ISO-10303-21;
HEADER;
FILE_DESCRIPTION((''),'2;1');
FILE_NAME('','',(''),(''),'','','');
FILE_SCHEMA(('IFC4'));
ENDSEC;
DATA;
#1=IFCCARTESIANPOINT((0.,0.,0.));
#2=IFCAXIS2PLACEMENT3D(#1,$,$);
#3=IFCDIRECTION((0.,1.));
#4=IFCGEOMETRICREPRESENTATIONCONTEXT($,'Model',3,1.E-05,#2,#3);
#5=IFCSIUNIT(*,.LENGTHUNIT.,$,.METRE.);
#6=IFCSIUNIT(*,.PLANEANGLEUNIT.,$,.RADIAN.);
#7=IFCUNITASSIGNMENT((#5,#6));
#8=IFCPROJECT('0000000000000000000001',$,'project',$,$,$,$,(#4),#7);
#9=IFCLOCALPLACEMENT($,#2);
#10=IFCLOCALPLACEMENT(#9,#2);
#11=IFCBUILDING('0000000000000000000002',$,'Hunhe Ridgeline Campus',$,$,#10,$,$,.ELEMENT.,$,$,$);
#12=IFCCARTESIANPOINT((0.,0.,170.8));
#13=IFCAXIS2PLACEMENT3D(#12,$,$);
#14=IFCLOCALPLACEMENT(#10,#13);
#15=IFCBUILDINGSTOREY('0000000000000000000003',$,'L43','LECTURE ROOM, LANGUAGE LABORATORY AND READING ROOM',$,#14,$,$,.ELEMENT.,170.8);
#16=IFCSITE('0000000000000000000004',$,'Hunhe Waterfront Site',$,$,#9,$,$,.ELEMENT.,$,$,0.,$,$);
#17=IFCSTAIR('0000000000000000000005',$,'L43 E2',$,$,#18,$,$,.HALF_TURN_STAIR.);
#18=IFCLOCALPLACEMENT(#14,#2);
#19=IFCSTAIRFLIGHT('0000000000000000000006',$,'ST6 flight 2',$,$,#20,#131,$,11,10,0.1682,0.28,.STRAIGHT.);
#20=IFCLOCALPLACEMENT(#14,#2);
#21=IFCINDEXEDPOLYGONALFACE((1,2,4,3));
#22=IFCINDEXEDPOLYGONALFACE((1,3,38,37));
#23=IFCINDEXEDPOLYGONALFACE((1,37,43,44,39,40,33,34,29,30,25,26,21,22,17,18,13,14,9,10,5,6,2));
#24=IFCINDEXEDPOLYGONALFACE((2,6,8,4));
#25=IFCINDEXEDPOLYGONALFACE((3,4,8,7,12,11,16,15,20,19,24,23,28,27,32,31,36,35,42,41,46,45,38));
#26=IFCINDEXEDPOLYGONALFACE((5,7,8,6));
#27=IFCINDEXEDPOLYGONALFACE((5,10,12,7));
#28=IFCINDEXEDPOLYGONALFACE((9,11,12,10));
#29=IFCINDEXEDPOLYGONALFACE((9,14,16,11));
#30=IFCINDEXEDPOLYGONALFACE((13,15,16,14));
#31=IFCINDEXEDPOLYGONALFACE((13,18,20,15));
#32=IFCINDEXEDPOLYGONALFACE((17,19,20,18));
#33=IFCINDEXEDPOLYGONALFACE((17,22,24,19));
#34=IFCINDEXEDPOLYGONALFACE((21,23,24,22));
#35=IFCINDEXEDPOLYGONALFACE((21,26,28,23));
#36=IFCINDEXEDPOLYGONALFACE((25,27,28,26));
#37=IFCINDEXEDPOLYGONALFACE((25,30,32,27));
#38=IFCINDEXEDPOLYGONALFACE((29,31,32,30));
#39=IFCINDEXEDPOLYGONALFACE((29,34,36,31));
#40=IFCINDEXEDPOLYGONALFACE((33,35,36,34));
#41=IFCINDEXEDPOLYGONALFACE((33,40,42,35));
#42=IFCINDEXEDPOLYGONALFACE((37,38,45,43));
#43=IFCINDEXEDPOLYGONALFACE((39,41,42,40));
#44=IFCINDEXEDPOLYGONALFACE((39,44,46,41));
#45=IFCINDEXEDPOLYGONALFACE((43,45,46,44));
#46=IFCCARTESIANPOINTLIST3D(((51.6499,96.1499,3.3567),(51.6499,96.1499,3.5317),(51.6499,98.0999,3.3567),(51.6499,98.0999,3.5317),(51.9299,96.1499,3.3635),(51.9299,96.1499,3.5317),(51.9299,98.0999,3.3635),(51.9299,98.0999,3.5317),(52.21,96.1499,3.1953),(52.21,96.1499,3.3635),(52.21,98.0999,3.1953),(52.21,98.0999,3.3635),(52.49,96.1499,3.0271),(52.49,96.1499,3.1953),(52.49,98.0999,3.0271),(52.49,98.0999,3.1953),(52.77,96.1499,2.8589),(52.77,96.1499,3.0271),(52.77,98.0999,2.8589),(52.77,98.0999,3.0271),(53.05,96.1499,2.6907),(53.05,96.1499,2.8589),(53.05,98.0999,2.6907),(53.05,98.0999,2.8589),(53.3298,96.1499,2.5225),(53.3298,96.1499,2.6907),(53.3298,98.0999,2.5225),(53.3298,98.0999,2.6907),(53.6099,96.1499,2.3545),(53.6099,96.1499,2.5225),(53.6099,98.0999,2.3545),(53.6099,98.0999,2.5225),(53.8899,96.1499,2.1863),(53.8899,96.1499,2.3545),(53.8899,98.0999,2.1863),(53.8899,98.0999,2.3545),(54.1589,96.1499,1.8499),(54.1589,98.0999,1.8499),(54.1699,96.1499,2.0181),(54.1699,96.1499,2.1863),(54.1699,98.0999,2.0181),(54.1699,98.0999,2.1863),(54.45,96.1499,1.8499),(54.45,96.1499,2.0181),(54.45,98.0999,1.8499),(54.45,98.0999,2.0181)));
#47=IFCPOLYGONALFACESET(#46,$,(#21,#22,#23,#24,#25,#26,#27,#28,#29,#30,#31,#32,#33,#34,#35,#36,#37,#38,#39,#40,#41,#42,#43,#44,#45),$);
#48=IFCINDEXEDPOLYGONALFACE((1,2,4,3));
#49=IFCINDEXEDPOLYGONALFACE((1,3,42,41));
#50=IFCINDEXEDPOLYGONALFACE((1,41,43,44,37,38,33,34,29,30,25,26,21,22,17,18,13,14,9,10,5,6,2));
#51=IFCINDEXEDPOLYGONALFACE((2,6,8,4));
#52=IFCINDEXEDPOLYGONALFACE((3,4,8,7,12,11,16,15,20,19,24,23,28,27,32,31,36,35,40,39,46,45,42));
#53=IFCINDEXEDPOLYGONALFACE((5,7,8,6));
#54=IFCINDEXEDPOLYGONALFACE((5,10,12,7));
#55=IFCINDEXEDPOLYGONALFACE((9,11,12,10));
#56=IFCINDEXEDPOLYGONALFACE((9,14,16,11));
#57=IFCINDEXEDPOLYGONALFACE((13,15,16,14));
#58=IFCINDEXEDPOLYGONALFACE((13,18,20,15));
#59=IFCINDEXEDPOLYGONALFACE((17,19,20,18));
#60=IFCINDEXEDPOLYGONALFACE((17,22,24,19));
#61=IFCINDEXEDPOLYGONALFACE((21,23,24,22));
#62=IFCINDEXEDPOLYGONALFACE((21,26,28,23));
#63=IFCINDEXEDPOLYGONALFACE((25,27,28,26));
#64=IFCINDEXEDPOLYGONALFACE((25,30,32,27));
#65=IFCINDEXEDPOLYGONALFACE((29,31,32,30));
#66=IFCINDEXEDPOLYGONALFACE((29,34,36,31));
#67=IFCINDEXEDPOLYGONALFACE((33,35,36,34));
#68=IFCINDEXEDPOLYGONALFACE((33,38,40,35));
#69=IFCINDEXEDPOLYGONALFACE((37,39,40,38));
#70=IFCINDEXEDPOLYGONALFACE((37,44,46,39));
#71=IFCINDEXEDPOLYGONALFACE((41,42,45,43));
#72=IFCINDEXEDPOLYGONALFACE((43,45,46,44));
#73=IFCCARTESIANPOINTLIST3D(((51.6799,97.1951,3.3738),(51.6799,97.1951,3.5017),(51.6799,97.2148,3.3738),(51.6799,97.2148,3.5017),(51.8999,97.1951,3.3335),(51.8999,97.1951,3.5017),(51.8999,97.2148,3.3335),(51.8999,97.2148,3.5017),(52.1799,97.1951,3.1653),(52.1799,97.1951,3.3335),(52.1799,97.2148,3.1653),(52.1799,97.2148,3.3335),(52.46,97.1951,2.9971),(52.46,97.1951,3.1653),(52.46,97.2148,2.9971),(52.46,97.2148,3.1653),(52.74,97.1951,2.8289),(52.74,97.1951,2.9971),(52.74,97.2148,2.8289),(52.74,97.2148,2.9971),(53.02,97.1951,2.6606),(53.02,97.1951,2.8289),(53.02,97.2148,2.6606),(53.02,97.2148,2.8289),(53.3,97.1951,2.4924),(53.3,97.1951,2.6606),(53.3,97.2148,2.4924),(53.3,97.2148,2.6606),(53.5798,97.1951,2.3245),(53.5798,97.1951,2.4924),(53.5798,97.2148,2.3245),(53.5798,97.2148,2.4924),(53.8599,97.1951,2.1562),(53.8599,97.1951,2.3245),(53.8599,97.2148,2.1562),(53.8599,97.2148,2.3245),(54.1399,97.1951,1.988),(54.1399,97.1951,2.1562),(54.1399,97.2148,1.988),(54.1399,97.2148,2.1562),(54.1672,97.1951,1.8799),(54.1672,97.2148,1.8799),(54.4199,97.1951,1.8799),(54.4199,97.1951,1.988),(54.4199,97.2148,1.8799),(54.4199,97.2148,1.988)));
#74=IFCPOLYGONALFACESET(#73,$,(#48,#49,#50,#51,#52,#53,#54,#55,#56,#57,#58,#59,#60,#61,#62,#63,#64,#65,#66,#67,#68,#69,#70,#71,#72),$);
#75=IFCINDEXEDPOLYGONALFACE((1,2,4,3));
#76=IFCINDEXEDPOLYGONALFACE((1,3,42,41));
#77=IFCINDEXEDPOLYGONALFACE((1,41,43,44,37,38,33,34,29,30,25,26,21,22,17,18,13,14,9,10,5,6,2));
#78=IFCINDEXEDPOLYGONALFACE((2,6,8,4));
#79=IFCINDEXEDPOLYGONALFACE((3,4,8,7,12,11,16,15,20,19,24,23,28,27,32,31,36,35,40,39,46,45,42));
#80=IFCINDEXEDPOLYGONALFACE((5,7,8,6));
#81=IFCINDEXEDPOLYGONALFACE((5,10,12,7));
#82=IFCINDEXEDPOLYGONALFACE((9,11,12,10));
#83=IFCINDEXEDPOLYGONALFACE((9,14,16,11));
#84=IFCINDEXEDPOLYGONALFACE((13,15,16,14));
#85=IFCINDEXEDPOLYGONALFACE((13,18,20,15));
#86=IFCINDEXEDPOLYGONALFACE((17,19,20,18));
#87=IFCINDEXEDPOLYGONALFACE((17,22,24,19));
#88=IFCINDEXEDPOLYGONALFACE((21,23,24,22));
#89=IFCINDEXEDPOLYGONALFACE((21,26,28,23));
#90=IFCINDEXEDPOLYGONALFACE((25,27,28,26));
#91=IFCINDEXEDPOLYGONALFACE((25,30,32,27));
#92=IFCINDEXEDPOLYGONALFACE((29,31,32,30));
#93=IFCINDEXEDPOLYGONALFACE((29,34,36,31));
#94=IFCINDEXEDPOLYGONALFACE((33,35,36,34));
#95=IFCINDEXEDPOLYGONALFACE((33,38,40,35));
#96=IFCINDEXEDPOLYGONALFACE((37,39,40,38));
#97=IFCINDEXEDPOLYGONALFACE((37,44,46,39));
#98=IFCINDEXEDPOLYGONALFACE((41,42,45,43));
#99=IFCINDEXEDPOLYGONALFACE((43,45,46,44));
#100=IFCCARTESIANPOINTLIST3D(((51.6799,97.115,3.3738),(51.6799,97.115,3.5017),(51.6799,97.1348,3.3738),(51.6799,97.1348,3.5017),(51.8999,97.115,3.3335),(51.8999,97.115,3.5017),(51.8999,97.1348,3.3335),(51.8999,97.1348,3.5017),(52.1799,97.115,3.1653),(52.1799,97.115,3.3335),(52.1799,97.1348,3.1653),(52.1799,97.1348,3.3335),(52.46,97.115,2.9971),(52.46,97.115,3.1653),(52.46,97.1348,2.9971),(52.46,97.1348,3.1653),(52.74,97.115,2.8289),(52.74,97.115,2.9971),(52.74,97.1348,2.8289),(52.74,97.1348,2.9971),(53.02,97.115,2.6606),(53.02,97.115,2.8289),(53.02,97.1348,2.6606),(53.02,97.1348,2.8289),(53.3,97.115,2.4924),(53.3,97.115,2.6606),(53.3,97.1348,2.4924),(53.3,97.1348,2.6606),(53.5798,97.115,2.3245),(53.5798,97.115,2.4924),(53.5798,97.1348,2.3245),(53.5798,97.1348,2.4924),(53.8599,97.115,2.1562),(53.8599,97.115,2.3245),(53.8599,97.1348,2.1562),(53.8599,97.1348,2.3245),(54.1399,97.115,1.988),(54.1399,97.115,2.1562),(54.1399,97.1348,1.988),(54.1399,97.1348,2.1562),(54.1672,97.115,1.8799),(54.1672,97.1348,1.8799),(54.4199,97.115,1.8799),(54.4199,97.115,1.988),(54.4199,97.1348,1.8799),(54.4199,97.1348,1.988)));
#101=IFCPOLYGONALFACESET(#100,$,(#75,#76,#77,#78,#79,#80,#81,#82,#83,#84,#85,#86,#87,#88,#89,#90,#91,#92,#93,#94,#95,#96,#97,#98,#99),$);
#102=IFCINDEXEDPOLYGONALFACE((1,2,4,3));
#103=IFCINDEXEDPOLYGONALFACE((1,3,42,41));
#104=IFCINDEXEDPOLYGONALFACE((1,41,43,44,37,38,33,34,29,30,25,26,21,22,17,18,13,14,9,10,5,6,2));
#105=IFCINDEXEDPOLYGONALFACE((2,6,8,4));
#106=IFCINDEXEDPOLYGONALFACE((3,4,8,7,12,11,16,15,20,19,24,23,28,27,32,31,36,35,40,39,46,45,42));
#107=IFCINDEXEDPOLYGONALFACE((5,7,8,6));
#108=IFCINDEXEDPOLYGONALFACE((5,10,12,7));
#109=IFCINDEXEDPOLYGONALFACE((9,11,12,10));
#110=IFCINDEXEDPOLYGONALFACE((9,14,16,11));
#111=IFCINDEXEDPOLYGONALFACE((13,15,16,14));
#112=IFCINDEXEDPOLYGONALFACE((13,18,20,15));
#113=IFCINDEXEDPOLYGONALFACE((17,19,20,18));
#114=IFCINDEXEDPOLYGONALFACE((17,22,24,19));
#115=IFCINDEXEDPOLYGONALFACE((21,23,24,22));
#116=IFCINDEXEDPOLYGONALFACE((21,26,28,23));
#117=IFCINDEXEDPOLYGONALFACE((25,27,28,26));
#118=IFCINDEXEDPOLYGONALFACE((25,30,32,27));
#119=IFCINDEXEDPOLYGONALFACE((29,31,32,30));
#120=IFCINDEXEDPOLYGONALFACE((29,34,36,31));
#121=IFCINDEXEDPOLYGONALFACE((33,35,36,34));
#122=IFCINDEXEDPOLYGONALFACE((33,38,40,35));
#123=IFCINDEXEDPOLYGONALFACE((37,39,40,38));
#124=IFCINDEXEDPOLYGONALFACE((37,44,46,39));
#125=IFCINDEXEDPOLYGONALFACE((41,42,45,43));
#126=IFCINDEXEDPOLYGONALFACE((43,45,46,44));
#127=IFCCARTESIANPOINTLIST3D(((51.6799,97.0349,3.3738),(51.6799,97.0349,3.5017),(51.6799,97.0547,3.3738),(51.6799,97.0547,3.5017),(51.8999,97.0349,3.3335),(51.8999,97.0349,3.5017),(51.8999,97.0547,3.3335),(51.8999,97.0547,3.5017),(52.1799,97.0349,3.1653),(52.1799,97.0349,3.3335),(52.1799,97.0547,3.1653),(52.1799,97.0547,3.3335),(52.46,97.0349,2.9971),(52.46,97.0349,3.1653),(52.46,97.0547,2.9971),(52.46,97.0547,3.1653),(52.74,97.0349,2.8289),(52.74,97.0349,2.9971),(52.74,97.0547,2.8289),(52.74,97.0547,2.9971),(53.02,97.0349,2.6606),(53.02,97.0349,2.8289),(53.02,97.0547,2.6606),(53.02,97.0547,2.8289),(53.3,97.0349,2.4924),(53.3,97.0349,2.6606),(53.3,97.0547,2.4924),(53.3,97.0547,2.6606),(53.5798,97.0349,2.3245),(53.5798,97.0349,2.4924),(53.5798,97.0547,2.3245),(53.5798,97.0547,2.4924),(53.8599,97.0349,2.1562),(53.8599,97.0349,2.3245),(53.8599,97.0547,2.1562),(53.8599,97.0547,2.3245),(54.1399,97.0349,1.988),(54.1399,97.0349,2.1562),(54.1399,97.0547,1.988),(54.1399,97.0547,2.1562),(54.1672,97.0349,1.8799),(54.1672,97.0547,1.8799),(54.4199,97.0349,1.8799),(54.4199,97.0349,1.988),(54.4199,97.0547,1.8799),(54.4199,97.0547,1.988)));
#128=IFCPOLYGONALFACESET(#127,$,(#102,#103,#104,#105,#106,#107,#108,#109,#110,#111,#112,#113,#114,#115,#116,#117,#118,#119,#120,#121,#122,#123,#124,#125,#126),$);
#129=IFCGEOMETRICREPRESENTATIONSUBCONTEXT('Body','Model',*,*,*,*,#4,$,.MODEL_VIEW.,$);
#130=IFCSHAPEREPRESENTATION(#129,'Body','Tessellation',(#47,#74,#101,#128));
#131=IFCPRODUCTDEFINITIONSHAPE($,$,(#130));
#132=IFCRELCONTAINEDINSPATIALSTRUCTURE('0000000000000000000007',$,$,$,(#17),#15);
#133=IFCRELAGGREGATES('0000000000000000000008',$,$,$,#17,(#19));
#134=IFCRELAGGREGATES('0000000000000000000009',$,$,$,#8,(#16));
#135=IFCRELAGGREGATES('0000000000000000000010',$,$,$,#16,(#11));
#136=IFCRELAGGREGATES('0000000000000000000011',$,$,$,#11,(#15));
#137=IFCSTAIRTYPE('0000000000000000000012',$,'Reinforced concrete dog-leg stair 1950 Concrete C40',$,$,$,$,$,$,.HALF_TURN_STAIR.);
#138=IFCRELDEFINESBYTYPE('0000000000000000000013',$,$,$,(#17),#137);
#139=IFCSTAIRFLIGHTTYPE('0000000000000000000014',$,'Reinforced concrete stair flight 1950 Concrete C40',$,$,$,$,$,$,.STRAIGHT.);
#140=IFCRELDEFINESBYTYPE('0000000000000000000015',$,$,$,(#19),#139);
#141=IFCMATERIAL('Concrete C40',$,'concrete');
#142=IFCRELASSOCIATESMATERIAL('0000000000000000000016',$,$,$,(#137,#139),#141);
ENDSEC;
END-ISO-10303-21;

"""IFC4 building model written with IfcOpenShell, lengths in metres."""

from ifc_helpers import new_model, si_unit, direction, frame, origin, place, context, subcontext, project, spatial, polyline, outline, extrude, material, type_object, element, aggregate, save


model = new_model("IFC4")

# Units and contexts
model_context = context("Model", 3, precision=1e-05, world=origin(), true_north=direction((0.0, 1.0)))
body_context = subcontext(model_context, "Body", "Model", "MODEL_VIEW")
ifc_project = project(units=[si_unit("LENGTHUNIT", "METRE"), si_unit("PLANEANGLEUNIT", "RADIAN")], contexts=[model_context])

# Site, building, storey
site_placement = place(None, origin())
site = spatial("IfcSite", under=ifc_project, at=site_placement, Name="Hunhe Waterfront Site", CompositionType="ELEMENT", RefElevation=0.0)
building_placement = place(site_placement, origin())
building = spatial("IfcBuilding", under=site, at=building_placement, Name="Hunhe Ridgeline Campus", CompositionType="ELEMENT")
storey_placement = place(building_placement, frame((0.0, 0.0, 170.8)))
storey = spatial("IfcBuildingStorey", under=building, at=storey_placement, Name="L43", Description="LECTURE ROOM, LANGUAGE LABORATORY AND READING ROOM", CompositionType="ELEMENT", Elevation=170.8)

# Shared definitions
ifc_material_1 = material(Name="Concrete C40", Category="concrete")
stair_type = type_object("IfcStairType", Name="Reinforced concrete dog-leg stair 1950 Concrete C40", PredefinedType="HALF_TURN_STAIR", material=ifc_material_1)
stair_flight_type = type_object("IfcStairFlightType", Name="Reinforced concrete stair flight 1950 Concrete C40", PredefinedType="STRAIGHT", material=ifc_material_1)

# Stair, stair flight
stair_1_placement = place(storey_placement, origin())
stair_1 = element("IfcStair", 1, at=stair_1_placement, inside=storey, type_object=stair_type, Name="L43 E2", PredefinedType="HALF_TURN_STAIR")
stair_flight_1_placement = place(storey_placement, frame((54.45, 97.125, 1.8499), z_axis=(0.0, 0.0, 1.0), x_axis=(-1.0, 0.0, 0.0)))
stair_flight_1 = element("IfcStairFlight", 2, at=stair_flight_1_placement, type_object=stair_flight_type, Name="ST6 flight 2", NumberOfRisers=11, NumberOfTreads=10, PredefinedType="STRAIGHT", RiserHeight=0.1682, TreadLength=0.28, context=body_context, shape_type="SweptSolid", body=[
    extrude(outline(polyline([(0.0, 0.0), (0.0, 0.1682), (0.28, 0.1682), (0.28, 0.3364), (0.5601, 0.3364), (0.5601, 0.5046), (0.8401, 0.5046), (0.8401, 0.6726), (1.1201, 0.6726), (1.1201, 0.8408), (1.3999, 0.8408), (1.3999, 1.009), (1.6799, 1.009), (1.6799, 1.1772), (1.96, 1.1772), (1.96, 1.3455), (2.24, 1.3455), (2.24, 1.5137), (2.52, 1.5137), (2.52, 1.6819), (2.8, 1.6819), (2.8, 1.8501), (2.8, 1.5068), (0.291, 0.0), (0.0, 0.0)])), frame((0.0, 0.9751, 0.0), z_axis=(0.0, -1.0, 0.0), x_axis=(1.0, 0.0, 0.0)), (0.0, 0.0, 1.0), 1.95),
    extrude(outline(polyline([(0.03, 0.03), (0.03, 0.1382), (0.3101, 0.1382), (0.3101, 0.3064), (0.5901, 0.3064), (0.5901, 0.4746), (0.8701, 0.4746), (0.8701, 0.6426), (1.1499, 0.6426), (1.1499, 0.8108), (1.4299, 0.8108), (1.4299, 0.979), (1.71, 0.979), (1.71, 1.1472), (1.99, 1.1472), (1.99, 1.3154), (2.27, 1.3154), (2.27, 1.4836), (2.55, 1.4836), (2.55, 1.6519), (2.77, 1.6519), (2.77, 1.5239), (0.2827, 0.03), (0.03, 0.03)])), frame((0.0, -0.0701, 0.0), z_axis=(0.0, -1.0, 0.0), x_axis=(1.0, 0.0, 0.0)), (0.0, 0.0, 1.0), 0.0198),
    extrude(outline(polyline([(0.03, 0.03), (0.03, 0.1382), (0.3101, 0.1382), (0.3101, 0.3064), (0.5901, 0.3064), (0.5901, 0.4746), (0.8701, 0.4746), (0.8701, 0.6426), (1.1499, 0.6426), (1.1499, 0.8108), (1.4299, 0.8108), (1.4299, 0.979), (1.71, 0.979), (1.71, 1.1472), (1.99, 1.1472), (1.99, 1.3154), (2.27, 1.3154), (2.27, 1.4836), (2.55, 1.4836), (2.55, 1.6519), (2.77, 1.6519), (2.77, 1.5239), (0.2827, 0.03), (0.03, 0.03)])), frame((0.0, 0.01, 0.0), z_axis=(0.0, -1.0, 0.0), x_axis=(1.0, 0.0, 0.0)), (0.0, 0.0, 1.0), 0.0198),
    extrude(outline(polyline([(0.03, 0.03), (0.03, 0.1382), (0.3101, 0.1382), (0.3101, 0.3064), (0.5901, 0.3064), (0.5901, 0.4746), (0.8701, 0.4746), (0.8701, 0.6426), (1.1499, 0.6426), (1.1499, 0.8108), (1.4299, 0.8108), (1.4299, 0.979), (1.71, 0.979), (1.71, 1.1472), (1.99, 1.1472), (1.99, 1.3154), (2.27, 1.3154), (2.27, 1.4836), (2.55, 1.4836), (2.55, 1.6519), (2.77, 1.6519), (2.77, 1.5239), (0.2827, 0.03), (0.03, 0.03)])), frame((0.0, 0.0901, 0.0), z_axis=(0.0, -1.0, 0.0), x_axis=(1.0, 0.0, 0.0)), (0.0, 0.0, 1.0), 0.0198),
])
aggregate(stair_1, [stair_flight_1])

save(model, "model.ifc")
